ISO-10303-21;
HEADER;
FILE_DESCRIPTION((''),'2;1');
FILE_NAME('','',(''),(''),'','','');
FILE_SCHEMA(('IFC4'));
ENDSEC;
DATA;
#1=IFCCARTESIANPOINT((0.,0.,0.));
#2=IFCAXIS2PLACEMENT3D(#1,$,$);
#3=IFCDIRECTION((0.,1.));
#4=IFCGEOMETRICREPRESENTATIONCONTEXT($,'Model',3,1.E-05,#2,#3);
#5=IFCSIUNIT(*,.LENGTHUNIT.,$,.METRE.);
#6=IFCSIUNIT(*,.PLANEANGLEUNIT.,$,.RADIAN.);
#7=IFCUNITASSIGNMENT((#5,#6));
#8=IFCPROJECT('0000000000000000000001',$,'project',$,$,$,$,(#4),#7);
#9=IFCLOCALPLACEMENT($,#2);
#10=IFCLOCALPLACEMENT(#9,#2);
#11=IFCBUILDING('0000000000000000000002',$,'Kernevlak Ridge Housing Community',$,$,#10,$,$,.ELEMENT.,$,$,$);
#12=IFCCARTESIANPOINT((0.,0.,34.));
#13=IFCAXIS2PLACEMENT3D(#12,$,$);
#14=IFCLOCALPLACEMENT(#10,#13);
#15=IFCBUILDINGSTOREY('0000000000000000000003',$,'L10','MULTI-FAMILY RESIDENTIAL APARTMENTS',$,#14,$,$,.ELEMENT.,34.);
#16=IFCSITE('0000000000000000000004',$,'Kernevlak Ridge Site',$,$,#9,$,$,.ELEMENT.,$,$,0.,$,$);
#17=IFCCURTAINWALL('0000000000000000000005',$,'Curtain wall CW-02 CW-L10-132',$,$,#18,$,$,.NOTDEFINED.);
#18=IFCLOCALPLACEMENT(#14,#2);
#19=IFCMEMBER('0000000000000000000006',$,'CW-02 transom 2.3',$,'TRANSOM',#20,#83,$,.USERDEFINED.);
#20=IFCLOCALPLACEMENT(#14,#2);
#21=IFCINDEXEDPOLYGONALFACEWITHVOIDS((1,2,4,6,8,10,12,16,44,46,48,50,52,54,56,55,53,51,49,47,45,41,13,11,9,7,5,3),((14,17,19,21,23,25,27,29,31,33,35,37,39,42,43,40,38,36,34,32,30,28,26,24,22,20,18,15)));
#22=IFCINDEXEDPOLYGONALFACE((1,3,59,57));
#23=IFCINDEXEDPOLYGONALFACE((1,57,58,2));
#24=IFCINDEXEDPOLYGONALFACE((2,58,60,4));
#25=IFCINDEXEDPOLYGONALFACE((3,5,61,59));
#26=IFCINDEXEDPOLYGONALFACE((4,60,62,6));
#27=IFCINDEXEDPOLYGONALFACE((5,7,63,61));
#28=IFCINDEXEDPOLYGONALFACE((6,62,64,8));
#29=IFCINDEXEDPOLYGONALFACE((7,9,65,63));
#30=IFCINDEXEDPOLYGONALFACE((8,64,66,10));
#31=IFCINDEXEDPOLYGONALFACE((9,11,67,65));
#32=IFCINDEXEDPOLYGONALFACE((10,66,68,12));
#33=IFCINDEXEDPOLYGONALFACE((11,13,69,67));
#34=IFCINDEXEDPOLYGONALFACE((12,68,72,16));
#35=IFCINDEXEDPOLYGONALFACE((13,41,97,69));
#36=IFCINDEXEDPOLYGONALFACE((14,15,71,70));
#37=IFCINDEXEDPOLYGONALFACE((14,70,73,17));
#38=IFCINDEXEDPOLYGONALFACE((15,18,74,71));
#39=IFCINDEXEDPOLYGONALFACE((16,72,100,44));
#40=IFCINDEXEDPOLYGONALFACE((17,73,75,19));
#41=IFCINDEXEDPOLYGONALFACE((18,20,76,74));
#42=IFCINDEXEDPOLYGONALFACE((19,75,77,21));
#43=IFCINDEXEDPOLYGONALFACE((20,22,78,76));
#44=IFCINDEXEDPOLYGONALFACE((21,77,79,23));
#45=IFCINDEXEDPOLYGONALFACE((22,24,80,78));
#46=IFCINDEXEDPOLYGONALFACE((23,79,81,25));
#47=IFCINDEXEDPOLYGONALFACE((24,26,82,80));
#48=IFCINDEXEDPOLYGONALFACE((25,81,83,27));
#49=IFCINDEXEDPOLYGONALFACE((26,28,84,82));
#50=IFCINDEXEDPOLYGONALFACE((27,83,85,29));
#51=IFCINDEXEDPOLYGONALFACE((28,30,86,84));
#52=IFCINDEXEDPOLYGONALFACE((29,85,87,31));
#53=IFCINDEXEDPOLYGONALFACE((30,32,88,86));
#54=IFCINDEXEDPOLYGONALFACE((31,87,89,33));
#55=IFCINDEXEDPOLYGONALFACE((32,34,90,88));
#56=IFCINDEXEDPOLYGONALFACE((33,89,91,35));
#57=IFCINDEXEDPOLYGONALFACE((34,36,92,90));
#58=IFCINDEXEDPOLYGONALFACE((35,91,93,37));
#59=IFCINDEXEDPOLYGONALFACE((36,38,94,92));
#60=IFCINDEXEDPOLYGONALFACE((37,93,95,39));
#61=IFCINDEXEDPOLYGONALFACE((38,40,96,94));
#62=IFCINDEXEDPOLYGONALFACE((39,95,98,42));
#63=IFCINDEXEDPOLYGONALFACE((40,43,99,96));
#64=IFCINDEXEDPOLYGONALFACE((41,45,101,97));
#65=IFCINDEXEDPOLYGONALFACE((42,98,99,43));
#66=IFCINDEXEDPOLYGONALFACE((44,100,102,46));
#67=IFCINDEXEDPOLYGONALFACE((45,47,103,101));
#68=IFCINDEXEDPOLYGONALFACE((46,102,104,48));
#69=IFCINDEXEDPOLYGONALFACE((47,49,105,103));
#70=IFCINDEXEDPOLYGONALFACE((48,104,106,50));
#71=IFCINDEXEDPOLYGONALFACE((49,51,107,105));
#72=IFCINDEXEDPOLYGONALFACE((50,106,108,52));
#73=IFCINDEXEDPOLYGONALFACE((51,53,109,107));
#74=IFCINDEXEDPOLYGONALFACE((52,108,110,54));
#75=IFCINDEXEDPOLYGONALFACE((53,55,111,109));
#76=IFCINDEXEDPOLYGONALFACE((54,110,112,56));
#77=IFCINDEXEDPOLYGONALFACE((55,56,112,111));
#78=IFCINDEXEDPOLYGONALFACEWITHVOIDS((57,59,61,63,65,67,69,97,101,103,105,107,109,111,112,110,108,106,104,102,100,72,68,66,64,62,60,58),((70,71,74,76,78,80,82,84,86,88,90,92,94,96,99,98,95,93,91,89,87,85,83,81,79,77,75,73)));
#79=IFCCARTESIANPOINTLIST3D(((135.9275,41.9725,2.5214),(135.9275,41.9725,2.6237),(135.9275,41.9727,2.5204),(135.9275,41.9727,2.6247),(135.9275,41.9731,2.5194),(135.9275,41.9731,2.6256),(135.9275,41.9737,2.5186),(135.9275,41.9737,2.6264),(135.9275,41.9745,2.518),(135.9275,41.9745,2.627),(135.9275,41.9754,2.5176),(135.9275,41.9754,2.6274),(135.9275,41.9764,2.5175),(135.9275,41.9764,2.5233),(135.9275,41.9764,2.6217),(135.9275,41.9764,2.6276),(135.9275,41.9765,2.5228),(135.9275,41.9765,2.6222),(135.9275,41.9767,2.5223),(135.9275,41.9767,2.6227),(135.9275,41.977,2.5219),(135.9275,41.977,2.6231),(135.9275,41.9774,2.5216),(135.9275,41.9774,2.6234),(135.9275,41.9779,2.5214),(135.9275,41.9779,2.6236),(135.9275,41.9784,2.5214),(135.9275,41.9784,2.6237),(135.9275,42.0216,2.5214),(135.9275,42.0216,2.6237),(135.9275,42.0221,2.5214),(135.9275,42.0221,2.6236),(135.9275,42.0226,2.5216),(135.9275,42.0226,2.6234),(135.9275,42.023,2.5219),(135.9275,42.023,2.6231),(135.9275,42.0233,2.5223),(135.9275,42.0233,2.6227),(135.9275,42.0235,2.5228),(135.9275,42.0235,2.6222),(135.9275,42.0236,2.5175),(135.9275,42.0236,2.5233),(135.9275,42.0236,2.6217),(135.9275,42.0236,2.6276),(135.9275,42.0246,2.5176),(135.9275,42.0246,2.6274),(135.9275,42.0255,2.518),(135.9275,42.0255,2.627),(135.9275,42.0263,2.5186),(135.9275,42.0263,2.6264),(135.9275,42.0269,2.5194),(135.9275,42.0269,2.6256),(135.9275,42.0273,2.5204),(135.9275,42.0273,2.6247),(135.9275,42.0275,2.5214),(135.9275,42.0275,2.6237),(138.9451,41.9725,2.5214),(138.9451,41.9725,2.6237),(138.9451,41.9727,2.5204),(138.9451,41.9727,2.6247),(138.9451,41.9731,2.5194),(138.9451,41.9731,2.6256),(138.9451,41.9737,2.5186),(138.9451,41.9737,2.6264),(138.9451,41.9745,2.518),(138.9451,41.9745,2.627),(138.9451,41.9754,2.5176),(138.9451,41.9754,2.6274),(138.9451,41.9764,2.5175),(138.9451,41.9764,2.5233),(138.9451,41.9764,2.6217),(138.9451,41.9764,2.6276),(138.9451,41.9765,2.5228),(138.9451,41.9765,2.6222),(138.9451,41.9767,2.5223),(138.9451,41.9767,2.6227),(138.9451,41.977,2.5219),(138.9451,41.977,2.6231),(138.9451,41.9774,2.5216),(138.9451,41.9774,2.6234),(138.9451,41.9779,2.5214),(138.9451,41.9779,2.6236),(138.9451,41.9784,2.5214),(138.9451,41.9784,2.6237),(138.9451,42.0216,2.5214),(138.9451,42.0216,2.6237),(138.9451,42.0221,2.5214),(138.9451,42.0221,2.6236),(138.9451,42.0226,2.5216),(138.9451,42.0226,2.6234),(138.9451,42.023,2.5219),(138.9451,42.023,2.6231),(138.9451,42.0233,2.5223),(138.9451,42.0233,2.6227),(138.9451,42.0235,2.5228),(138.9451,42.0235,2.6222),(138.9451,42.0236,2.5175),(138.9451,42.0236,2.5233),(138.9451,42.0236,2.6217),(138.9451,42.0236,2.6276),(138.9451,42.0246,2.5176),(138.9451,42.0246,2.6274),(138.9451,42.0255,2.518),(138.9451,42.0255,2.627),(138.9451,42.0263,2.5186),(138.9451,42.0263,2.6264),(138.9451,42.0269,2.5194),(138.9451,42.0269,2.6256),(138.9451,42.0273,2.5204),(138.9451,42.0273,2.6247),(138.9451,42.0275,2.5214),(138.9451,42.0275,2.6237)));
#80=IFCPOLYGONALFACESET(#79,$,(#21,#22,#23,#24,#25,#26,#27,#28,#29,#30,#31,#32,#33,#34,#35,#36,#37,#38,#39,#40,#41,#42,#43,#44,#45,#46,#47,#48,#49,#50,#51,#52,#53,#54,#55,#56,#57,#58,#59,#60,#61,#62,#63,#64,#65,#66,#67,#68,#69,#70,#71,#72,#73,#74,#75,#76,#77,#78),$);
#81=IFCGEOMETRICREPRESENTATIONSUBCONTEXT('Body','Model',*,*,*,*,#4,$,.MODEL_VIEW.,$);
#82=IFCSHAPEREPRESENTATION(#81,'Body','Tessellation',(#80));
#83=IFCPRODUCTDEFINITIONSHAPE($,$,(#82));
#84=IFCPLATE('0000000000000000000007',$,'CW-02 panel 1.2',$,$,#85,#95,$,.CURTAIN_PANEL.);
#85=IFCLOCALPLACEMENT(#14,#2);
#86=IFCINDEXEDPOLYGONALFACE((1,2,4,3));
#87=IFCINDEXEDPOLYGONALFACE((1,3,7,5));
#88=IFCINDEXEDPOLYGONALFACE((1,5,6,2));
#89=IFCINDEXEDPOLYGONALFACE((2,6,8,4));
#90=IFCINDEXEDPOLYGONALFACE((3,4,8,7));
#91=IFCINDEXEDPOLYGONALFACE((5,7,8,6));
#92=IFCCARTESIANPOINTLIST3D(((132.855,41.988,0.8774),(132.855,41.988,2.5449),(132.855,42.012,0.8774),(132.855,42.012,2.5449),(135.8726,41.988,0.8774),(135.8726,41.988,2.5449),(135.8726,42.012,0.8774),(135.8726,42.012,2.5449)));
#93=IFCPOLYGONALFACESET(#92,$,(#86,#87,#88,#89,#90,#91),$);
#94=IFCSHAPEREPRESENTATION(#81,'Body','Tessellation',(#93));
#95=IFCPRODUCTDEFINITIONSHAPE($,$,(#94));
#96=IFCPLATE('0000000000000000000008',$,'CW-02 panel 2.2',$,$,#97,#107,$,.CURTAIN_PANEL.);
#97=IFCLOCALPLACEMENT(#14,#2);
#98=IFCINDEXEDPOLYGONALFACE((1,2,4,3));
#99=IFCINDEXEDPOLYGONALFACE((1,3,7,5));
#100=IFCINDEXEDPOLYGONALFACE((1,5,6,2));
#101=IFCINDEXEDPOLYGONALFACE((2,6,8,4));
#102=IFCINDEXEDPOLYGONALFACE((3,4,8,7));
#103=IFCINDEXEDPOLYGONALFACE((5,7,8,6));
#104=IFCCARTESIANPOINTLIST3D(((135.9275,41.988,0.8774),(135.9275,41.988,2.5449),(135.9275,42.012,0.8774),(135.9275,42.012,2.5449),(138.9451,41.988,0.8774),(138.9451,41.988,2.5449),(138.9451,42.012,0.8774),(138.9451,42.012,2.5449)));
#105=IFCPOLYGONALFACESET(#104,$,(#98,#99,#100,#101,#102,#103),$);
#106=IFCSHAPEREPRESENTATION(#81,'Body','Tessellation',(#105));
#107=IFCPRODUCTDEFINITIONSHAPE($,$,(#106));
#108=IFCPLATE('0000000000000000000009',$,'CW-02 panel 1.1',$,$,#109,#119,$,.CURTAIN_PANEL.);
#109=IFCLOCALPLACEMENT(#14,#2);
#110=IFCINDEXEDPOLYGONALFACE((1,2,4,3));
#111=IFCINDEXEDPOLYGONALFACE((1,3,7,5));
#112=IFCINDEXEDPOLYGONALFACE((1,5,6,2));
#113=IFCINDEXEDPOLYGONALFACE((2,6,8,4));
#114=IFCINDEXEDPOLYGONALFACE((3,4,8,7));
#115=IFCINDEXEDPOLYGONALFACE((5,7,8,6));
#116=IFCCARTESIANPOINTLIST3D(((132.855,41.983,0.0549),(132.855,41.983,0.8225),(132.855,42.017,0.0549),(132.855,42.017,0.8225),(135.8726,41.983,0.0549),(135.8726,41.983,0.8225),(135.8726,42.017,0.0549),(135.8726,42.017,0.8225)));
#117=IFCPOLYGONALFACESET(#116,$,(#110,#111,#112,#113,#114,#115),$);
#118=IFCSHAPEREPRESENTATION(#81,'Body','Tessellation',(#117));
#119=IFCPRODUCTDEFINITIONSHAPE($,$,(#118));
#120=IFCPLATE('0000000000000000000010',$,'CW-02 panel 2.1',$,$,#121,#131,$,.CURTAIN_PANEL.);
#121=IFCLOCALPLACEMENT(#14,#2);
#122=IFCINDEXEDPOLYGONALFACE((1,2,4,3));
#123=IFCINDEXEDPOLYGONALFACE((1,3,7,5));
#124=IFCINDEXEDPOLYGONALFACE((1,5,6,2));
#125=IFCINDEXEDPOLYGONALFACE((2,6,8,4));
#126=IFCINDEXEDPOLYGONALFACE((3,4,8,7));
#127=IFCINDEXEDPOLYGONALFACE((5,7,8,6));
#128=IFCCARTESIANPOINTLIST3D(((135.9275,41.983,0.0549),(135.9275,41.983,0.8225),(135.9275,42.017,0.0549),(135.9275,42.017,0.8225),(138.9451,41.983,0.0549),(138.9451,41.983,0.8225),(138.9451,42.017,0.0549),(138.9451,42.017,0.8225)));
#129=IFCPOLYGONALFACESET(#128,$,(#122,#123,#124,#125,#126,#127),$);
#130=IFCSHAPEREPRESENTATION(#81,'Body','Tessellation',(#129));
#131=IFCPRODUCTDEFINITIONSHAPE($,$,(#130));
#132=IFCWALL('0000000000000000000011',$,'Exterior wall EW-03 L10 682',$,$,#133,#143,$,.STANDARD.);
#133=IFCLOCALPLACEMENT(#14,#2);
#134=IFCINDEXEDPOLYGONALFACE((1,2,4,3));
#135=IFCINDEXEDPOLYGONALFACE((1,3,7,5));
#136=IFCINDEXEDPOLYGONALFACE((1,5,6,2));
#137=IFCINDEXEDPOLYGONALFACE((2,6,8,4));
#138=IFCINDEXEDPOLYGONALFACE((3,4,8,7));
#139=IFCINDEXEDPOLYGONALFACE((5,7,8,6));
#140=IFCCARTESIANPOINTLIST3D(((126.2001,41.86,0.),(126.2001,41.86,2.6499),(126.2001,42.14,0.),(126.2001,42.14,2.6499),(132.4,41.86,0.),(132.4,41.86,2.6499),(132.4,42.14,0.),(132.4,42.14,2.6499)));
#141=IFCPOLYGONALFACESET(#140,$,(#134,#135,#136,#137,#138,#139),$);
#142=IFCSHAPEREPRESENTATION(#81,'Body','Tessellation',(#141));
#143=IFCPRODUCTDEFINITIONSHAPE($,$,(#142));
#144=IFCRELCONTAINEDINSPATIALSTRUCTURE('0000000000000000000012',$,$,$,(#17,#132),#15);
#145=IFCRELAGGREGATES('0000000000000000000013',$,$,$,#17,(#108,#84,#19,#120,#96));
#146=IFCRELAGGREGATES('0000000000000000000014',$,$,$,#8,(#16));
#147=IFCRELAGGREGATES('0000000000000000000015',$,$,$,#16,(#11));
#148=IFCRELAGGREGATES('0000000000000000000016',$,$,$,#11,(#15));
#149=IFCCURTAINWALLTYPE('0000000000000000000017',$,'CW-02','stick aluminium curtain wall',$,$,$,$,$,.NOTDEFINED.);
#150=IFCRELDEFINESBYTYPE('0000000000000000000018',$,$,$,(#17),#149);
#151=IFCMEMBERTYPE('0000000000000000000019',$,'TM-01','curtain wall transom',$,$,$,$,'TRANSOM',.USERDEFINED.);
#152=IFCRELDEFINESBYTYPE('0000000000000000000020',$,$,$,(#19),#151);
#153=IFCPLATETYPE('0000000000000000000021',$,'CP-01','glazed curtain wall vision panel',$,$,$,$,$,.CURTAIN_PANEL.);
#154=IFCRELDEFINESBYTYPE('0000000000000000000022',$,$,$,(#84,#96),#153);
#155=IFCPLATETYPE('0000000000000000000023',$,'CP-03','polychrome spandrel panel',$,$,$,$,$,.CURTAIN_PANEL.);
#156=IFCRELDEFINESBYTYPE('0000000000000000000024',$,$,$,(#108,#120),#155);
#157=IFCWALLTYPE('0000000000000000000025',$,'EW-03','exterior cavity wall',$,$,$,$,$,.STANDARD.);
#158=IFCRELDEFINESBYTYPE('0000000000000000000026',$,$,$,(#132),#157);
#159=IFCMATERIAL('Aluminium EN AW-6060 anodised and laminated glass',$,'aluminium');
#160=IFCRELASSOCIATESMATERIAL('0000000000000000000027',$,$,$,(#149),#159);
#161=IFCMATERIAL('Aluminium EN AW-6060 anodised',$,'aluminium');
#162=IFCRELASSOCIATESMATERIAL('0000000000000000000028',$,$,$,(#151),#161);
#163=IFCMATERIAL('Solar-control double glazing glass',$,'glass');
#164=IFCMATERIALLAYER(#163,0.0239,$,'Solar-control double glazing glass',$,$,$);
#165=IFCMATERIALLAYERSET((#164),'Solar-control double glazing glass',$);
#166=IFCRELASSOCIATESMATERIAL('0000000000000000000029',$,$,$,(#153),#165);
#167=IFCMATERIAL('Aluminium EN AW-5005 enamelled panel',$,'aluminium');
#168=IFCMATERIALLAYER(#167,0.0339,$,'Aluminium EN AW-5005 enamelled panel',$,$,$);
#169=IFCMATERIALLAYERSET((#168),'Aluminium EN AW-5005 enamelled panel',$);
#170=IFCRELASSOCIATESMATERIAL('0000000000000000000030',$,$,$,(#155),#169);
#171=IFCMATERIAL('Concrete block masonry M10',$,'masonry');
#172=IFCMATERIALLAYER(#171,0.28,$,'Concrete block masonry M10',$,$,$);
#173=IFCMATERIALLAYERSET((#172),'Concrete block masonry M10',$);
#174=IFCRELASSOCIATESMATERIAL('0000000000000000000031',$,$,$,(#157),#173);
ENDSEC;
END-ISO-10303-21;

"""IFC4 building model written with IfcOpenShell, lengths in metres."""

from ifc_helpers import new_model, si_unit, direction, frame, frame_2d, origin, origin_2d, place, context, subcontext, project, spatial, rectangle, hollow_rectangle, extrude, material, layer, layer_set, material_profile, profile_set, type_object, element, aggregate, save


model = new_model("IFC4")

# Units and contexts
model_context = context("Model", 3, precision=1e-05, world=origin(), true_north=direction((0.0, 1.0)))
body_context = subcontext(model_context, "Body", "Model", "MODEL_VIEW")
ifc_project = project(units=[si_unit("LENGTHUNIT", "METRE"), si_unit("PLANEANGLEUNIT", "RADIAN")], contexts=[model_context])

# Site, building, storey
site_placement = place(None, origin())
site = spatial("IfcSite", under=ifc_project, at=site_placement, Name="Kernevlak Ridge Site", CompositionType="ELEMENT", RefElevation=0.0)
building_placement = place(site_placement, origin())
building = spatial("IfcBuilding", under=site, at=building_placement, Name="Kernevlak Ridge Housing Community", CompositionType="ELEMENT")
storey_placement = place(building_placement, frame((0.0, 0.0, 34.0)))
storey = spatial("IfcBuildingStorey", under=building, at=storey_placement, Name="L10", Description="MULTI-FAMILY RESIDENTIAL APARTMENTS", CompositionType="ELEMENT", Elevation=34.0)

# Curtain wall
ifc_material_1 = material(Name="Aluminium EN AW-6060 anodised and laminated glass", Category="aluminium")
curtain_wall_type = type_object("IfcCurtainWallType", Name="CW-02", Description="stick aluminium curtain wall", PredefinedType="NOTDEFINED", material=ifc_material_1)
curtain_wall_placement = place(storey_placement, origin())
curtain_wall = element("IfcCurtainWall", 1, at=curtain_wall_placement, inside=storey, type_object=curtain_wall_type, Name="Curtain wall CW-02 CW-L10-132", PredefinedType="NOTDEFINED")
ifc_material_2 = material(Name="Aluminium EN AW-6060 anodised", Category="aluminium")

# Member
ifc_material_profile_1 = material_profile(ifc_material_2, hollow_rectangle(XDim=0.0549, YDim=0.1101, WallThickness=0.0039, InnerFilletRadius=0.002, OuterFilletRadius=0.0039, at=origin_2d()), Name="ALU 55x110x4")
ifc_profile_set_1 = profile_set([ifc_material_profile_1], Name="Aluminium EN AW-6060 anodised")
member_type_1 = type_object("IfcMemberType", Name="TM-01", Description="curtain wall transom", ElementType="TRANSOM", PredefinedType="USERDEFINED", material=ifc_profile_set_1)
member_1_placement = place(storey_placement, frame((135.9275, 42.0, 2.5725), z_axis=(1.0, 0.0, 0.0), x_axis=(0.0, 1.0, 0.0)))
member_1 = element("IfcMember", 2, at=member_1_placement, type_object=member_type_1, Name="CW-02 transom 2.3", ObjectType="TRANSOM", PredefinedType="USERDEFINED", context=body_context, shape_type="SweptSolid", body=[
    extrude(hollow_rectangle(XDim=0.0549, YDim=0.1101, WallThickness=0.0039, InnerFilletRadius=0.002, OuterFilletRadius=0.0039, at=origin_2d()), origin(), (0.0, 0.0, 1.0), 3.0176),
])

# Plates
ifc_material_3 = material(Name="Solar-control double glazing glass", Category="glass")
ifc_layer_1 = layer(ifc_material_3, 0.0239, Name="Solar-control double glazing glass")
ifc_layer_set_1 = layer_set([ifc_layer_1], Name="Solar-control double glazing glass")
plate_type_1 = type_object("IfcPlateType", Name="CP-01", Description="glazed curtain wall vision panel", PredefinedType="CURTAIN_PANEL", material=ifc_layer_set_1)
plate_1_placement = place(storey_placement, frame((134.3638, 42.0, 0.8774), z_axis=(0.0, 0.0, 1.0), x_axis=(1.0, 0.0, 0.0)))
plate_1 = element("IfcPlate", 3, at=plate_1_placement, type_object=plate_type_1, Name="CW-02 panel 1.2", PredefinedType="CURTAIN_PANEL", context=body_context, shape_type="SweptSolid", body=[
    extrude(rectangle(XDim=3.0176, YDim=0.0239, at=origin_2d()), origin(), (0.0, 0.0, 1.0), 1.6675),
])
plate_2_placement = place(storey_placement, frame((137.4363, 42.0, 0.8774), z_axis=(0.0, 0.0, 1.0), x_axis=(1.0, 0.0, 0.0)))
plate_2 = element("IfcPlate", 4, at=plate_2_placement, type_object=plate_type_1, Name="CW-02 panel 2.2", PredefinedType="CURTAIN_PANEL", context=body_context, shape_type="SweptSolid", body=[
    extrude(rectangle(XDim=3.0176, YDim=0.0239, at=origin_2d()), origin(), (0.0, 0.0, 1.0), 1.6675),
])
ifc_material_4 = material(Name="Aluminium EN AW-5005 enamelled panel", Category="aluminium")
ifc_layer_2 = layer(ifc_material_4, 0.0339, Name="Aluminium EN AW-5005 enamelled panel")
ifc_layer_set_2 = layer_set([ifc_layer_2], Name="Aluminium EN AW-5005 enamelled panel")
plate_type_2 = type_object("IfcPlateType", Name="CP-03", Description="polychrome spandrel panel", PredefinedType="CURTAIN_PANEL", material=ifc_layer_set_2)
plate_3_placement = place(storey_placement, frame((134.3638, 42.0, 0.0549), z_axis=(0.0, 0.0, 1.0), x_axis=(1.0, 0.0, 0.0)))
plate_3 = element("IfcPlate", 5, at=plate_3_placement, type_object=plate_type_2, Name="CW-02 panel 1.1", PredefinedType="CURTAIN_PANEL", context=body_context, shape_type="SweptSolid", body=[
    extrude(rectangle(XDim=3.0176, YDim=0.0339, at=origin_2d()), origin(), (0.0, 0.0, 1.0), 0.7676),
])
plate_4_placement = place(storey_placement, frame((137.4363, 42.0, 0.0549), z_axis=(0.0, 0.0, 1.0), x_axis=(1.0, 0.0, 0.0)))
plate_4 = element("IfcPlate", 6, at=plate_4_placement, type_object=plate_type_2, Name="CW-02 panel 2.1", PredefinedType="CURTAIN_PANEL", context=body_context, shape_type="SweptSolid", body=[
    extrude(rectangle(XDim=3.0176, YDim=0.0339, at=origin_2d()), origin(), (0.0, 0.0, 1.0), 0.7676),
])
aggregate(curtain_wall, [plate_3, plate_1, member_1, plate_4, plate_2])

# Wall
ifc_material_5 = material(Name="Concrete block masonry M10", Category="masonry")
ifc_layer_3 = layer(ifc_material_5, 0.28, Name="Concrete block masonry M10")
ifc_layer_set_3 = layer_set([ifc_layer_3], Name="Concrete block masonry M10")
wall_type = type_object("IfcWallType", Name="EW-03", Description="exterior cavity wall", PredefinedType="STANDARD", material=ifc_layer_set_3)
wall_placement = place(storey_placement, frame((126.2, 42.0, 0.0), z_axis=(0.0, 0.0, 1.0), x_axis=(1.0, 0.0, 0.0)))
element("IfcWall", 7, at=wall_placement, inside=storey, type_object=wall_type, Name="Exterior wall EW-03 L10 682", PredefinedType="STANDARD", context=body_context, shape_type="SweptSolid", body=[
    extrude(rectangle(XDim=6.2, YDim=0.28, at=frame_2d((3.1001, 0.0))), origin(), (0.0, 0.0, 1.0), 2.6499),
])

save(model, "model.ifc")
